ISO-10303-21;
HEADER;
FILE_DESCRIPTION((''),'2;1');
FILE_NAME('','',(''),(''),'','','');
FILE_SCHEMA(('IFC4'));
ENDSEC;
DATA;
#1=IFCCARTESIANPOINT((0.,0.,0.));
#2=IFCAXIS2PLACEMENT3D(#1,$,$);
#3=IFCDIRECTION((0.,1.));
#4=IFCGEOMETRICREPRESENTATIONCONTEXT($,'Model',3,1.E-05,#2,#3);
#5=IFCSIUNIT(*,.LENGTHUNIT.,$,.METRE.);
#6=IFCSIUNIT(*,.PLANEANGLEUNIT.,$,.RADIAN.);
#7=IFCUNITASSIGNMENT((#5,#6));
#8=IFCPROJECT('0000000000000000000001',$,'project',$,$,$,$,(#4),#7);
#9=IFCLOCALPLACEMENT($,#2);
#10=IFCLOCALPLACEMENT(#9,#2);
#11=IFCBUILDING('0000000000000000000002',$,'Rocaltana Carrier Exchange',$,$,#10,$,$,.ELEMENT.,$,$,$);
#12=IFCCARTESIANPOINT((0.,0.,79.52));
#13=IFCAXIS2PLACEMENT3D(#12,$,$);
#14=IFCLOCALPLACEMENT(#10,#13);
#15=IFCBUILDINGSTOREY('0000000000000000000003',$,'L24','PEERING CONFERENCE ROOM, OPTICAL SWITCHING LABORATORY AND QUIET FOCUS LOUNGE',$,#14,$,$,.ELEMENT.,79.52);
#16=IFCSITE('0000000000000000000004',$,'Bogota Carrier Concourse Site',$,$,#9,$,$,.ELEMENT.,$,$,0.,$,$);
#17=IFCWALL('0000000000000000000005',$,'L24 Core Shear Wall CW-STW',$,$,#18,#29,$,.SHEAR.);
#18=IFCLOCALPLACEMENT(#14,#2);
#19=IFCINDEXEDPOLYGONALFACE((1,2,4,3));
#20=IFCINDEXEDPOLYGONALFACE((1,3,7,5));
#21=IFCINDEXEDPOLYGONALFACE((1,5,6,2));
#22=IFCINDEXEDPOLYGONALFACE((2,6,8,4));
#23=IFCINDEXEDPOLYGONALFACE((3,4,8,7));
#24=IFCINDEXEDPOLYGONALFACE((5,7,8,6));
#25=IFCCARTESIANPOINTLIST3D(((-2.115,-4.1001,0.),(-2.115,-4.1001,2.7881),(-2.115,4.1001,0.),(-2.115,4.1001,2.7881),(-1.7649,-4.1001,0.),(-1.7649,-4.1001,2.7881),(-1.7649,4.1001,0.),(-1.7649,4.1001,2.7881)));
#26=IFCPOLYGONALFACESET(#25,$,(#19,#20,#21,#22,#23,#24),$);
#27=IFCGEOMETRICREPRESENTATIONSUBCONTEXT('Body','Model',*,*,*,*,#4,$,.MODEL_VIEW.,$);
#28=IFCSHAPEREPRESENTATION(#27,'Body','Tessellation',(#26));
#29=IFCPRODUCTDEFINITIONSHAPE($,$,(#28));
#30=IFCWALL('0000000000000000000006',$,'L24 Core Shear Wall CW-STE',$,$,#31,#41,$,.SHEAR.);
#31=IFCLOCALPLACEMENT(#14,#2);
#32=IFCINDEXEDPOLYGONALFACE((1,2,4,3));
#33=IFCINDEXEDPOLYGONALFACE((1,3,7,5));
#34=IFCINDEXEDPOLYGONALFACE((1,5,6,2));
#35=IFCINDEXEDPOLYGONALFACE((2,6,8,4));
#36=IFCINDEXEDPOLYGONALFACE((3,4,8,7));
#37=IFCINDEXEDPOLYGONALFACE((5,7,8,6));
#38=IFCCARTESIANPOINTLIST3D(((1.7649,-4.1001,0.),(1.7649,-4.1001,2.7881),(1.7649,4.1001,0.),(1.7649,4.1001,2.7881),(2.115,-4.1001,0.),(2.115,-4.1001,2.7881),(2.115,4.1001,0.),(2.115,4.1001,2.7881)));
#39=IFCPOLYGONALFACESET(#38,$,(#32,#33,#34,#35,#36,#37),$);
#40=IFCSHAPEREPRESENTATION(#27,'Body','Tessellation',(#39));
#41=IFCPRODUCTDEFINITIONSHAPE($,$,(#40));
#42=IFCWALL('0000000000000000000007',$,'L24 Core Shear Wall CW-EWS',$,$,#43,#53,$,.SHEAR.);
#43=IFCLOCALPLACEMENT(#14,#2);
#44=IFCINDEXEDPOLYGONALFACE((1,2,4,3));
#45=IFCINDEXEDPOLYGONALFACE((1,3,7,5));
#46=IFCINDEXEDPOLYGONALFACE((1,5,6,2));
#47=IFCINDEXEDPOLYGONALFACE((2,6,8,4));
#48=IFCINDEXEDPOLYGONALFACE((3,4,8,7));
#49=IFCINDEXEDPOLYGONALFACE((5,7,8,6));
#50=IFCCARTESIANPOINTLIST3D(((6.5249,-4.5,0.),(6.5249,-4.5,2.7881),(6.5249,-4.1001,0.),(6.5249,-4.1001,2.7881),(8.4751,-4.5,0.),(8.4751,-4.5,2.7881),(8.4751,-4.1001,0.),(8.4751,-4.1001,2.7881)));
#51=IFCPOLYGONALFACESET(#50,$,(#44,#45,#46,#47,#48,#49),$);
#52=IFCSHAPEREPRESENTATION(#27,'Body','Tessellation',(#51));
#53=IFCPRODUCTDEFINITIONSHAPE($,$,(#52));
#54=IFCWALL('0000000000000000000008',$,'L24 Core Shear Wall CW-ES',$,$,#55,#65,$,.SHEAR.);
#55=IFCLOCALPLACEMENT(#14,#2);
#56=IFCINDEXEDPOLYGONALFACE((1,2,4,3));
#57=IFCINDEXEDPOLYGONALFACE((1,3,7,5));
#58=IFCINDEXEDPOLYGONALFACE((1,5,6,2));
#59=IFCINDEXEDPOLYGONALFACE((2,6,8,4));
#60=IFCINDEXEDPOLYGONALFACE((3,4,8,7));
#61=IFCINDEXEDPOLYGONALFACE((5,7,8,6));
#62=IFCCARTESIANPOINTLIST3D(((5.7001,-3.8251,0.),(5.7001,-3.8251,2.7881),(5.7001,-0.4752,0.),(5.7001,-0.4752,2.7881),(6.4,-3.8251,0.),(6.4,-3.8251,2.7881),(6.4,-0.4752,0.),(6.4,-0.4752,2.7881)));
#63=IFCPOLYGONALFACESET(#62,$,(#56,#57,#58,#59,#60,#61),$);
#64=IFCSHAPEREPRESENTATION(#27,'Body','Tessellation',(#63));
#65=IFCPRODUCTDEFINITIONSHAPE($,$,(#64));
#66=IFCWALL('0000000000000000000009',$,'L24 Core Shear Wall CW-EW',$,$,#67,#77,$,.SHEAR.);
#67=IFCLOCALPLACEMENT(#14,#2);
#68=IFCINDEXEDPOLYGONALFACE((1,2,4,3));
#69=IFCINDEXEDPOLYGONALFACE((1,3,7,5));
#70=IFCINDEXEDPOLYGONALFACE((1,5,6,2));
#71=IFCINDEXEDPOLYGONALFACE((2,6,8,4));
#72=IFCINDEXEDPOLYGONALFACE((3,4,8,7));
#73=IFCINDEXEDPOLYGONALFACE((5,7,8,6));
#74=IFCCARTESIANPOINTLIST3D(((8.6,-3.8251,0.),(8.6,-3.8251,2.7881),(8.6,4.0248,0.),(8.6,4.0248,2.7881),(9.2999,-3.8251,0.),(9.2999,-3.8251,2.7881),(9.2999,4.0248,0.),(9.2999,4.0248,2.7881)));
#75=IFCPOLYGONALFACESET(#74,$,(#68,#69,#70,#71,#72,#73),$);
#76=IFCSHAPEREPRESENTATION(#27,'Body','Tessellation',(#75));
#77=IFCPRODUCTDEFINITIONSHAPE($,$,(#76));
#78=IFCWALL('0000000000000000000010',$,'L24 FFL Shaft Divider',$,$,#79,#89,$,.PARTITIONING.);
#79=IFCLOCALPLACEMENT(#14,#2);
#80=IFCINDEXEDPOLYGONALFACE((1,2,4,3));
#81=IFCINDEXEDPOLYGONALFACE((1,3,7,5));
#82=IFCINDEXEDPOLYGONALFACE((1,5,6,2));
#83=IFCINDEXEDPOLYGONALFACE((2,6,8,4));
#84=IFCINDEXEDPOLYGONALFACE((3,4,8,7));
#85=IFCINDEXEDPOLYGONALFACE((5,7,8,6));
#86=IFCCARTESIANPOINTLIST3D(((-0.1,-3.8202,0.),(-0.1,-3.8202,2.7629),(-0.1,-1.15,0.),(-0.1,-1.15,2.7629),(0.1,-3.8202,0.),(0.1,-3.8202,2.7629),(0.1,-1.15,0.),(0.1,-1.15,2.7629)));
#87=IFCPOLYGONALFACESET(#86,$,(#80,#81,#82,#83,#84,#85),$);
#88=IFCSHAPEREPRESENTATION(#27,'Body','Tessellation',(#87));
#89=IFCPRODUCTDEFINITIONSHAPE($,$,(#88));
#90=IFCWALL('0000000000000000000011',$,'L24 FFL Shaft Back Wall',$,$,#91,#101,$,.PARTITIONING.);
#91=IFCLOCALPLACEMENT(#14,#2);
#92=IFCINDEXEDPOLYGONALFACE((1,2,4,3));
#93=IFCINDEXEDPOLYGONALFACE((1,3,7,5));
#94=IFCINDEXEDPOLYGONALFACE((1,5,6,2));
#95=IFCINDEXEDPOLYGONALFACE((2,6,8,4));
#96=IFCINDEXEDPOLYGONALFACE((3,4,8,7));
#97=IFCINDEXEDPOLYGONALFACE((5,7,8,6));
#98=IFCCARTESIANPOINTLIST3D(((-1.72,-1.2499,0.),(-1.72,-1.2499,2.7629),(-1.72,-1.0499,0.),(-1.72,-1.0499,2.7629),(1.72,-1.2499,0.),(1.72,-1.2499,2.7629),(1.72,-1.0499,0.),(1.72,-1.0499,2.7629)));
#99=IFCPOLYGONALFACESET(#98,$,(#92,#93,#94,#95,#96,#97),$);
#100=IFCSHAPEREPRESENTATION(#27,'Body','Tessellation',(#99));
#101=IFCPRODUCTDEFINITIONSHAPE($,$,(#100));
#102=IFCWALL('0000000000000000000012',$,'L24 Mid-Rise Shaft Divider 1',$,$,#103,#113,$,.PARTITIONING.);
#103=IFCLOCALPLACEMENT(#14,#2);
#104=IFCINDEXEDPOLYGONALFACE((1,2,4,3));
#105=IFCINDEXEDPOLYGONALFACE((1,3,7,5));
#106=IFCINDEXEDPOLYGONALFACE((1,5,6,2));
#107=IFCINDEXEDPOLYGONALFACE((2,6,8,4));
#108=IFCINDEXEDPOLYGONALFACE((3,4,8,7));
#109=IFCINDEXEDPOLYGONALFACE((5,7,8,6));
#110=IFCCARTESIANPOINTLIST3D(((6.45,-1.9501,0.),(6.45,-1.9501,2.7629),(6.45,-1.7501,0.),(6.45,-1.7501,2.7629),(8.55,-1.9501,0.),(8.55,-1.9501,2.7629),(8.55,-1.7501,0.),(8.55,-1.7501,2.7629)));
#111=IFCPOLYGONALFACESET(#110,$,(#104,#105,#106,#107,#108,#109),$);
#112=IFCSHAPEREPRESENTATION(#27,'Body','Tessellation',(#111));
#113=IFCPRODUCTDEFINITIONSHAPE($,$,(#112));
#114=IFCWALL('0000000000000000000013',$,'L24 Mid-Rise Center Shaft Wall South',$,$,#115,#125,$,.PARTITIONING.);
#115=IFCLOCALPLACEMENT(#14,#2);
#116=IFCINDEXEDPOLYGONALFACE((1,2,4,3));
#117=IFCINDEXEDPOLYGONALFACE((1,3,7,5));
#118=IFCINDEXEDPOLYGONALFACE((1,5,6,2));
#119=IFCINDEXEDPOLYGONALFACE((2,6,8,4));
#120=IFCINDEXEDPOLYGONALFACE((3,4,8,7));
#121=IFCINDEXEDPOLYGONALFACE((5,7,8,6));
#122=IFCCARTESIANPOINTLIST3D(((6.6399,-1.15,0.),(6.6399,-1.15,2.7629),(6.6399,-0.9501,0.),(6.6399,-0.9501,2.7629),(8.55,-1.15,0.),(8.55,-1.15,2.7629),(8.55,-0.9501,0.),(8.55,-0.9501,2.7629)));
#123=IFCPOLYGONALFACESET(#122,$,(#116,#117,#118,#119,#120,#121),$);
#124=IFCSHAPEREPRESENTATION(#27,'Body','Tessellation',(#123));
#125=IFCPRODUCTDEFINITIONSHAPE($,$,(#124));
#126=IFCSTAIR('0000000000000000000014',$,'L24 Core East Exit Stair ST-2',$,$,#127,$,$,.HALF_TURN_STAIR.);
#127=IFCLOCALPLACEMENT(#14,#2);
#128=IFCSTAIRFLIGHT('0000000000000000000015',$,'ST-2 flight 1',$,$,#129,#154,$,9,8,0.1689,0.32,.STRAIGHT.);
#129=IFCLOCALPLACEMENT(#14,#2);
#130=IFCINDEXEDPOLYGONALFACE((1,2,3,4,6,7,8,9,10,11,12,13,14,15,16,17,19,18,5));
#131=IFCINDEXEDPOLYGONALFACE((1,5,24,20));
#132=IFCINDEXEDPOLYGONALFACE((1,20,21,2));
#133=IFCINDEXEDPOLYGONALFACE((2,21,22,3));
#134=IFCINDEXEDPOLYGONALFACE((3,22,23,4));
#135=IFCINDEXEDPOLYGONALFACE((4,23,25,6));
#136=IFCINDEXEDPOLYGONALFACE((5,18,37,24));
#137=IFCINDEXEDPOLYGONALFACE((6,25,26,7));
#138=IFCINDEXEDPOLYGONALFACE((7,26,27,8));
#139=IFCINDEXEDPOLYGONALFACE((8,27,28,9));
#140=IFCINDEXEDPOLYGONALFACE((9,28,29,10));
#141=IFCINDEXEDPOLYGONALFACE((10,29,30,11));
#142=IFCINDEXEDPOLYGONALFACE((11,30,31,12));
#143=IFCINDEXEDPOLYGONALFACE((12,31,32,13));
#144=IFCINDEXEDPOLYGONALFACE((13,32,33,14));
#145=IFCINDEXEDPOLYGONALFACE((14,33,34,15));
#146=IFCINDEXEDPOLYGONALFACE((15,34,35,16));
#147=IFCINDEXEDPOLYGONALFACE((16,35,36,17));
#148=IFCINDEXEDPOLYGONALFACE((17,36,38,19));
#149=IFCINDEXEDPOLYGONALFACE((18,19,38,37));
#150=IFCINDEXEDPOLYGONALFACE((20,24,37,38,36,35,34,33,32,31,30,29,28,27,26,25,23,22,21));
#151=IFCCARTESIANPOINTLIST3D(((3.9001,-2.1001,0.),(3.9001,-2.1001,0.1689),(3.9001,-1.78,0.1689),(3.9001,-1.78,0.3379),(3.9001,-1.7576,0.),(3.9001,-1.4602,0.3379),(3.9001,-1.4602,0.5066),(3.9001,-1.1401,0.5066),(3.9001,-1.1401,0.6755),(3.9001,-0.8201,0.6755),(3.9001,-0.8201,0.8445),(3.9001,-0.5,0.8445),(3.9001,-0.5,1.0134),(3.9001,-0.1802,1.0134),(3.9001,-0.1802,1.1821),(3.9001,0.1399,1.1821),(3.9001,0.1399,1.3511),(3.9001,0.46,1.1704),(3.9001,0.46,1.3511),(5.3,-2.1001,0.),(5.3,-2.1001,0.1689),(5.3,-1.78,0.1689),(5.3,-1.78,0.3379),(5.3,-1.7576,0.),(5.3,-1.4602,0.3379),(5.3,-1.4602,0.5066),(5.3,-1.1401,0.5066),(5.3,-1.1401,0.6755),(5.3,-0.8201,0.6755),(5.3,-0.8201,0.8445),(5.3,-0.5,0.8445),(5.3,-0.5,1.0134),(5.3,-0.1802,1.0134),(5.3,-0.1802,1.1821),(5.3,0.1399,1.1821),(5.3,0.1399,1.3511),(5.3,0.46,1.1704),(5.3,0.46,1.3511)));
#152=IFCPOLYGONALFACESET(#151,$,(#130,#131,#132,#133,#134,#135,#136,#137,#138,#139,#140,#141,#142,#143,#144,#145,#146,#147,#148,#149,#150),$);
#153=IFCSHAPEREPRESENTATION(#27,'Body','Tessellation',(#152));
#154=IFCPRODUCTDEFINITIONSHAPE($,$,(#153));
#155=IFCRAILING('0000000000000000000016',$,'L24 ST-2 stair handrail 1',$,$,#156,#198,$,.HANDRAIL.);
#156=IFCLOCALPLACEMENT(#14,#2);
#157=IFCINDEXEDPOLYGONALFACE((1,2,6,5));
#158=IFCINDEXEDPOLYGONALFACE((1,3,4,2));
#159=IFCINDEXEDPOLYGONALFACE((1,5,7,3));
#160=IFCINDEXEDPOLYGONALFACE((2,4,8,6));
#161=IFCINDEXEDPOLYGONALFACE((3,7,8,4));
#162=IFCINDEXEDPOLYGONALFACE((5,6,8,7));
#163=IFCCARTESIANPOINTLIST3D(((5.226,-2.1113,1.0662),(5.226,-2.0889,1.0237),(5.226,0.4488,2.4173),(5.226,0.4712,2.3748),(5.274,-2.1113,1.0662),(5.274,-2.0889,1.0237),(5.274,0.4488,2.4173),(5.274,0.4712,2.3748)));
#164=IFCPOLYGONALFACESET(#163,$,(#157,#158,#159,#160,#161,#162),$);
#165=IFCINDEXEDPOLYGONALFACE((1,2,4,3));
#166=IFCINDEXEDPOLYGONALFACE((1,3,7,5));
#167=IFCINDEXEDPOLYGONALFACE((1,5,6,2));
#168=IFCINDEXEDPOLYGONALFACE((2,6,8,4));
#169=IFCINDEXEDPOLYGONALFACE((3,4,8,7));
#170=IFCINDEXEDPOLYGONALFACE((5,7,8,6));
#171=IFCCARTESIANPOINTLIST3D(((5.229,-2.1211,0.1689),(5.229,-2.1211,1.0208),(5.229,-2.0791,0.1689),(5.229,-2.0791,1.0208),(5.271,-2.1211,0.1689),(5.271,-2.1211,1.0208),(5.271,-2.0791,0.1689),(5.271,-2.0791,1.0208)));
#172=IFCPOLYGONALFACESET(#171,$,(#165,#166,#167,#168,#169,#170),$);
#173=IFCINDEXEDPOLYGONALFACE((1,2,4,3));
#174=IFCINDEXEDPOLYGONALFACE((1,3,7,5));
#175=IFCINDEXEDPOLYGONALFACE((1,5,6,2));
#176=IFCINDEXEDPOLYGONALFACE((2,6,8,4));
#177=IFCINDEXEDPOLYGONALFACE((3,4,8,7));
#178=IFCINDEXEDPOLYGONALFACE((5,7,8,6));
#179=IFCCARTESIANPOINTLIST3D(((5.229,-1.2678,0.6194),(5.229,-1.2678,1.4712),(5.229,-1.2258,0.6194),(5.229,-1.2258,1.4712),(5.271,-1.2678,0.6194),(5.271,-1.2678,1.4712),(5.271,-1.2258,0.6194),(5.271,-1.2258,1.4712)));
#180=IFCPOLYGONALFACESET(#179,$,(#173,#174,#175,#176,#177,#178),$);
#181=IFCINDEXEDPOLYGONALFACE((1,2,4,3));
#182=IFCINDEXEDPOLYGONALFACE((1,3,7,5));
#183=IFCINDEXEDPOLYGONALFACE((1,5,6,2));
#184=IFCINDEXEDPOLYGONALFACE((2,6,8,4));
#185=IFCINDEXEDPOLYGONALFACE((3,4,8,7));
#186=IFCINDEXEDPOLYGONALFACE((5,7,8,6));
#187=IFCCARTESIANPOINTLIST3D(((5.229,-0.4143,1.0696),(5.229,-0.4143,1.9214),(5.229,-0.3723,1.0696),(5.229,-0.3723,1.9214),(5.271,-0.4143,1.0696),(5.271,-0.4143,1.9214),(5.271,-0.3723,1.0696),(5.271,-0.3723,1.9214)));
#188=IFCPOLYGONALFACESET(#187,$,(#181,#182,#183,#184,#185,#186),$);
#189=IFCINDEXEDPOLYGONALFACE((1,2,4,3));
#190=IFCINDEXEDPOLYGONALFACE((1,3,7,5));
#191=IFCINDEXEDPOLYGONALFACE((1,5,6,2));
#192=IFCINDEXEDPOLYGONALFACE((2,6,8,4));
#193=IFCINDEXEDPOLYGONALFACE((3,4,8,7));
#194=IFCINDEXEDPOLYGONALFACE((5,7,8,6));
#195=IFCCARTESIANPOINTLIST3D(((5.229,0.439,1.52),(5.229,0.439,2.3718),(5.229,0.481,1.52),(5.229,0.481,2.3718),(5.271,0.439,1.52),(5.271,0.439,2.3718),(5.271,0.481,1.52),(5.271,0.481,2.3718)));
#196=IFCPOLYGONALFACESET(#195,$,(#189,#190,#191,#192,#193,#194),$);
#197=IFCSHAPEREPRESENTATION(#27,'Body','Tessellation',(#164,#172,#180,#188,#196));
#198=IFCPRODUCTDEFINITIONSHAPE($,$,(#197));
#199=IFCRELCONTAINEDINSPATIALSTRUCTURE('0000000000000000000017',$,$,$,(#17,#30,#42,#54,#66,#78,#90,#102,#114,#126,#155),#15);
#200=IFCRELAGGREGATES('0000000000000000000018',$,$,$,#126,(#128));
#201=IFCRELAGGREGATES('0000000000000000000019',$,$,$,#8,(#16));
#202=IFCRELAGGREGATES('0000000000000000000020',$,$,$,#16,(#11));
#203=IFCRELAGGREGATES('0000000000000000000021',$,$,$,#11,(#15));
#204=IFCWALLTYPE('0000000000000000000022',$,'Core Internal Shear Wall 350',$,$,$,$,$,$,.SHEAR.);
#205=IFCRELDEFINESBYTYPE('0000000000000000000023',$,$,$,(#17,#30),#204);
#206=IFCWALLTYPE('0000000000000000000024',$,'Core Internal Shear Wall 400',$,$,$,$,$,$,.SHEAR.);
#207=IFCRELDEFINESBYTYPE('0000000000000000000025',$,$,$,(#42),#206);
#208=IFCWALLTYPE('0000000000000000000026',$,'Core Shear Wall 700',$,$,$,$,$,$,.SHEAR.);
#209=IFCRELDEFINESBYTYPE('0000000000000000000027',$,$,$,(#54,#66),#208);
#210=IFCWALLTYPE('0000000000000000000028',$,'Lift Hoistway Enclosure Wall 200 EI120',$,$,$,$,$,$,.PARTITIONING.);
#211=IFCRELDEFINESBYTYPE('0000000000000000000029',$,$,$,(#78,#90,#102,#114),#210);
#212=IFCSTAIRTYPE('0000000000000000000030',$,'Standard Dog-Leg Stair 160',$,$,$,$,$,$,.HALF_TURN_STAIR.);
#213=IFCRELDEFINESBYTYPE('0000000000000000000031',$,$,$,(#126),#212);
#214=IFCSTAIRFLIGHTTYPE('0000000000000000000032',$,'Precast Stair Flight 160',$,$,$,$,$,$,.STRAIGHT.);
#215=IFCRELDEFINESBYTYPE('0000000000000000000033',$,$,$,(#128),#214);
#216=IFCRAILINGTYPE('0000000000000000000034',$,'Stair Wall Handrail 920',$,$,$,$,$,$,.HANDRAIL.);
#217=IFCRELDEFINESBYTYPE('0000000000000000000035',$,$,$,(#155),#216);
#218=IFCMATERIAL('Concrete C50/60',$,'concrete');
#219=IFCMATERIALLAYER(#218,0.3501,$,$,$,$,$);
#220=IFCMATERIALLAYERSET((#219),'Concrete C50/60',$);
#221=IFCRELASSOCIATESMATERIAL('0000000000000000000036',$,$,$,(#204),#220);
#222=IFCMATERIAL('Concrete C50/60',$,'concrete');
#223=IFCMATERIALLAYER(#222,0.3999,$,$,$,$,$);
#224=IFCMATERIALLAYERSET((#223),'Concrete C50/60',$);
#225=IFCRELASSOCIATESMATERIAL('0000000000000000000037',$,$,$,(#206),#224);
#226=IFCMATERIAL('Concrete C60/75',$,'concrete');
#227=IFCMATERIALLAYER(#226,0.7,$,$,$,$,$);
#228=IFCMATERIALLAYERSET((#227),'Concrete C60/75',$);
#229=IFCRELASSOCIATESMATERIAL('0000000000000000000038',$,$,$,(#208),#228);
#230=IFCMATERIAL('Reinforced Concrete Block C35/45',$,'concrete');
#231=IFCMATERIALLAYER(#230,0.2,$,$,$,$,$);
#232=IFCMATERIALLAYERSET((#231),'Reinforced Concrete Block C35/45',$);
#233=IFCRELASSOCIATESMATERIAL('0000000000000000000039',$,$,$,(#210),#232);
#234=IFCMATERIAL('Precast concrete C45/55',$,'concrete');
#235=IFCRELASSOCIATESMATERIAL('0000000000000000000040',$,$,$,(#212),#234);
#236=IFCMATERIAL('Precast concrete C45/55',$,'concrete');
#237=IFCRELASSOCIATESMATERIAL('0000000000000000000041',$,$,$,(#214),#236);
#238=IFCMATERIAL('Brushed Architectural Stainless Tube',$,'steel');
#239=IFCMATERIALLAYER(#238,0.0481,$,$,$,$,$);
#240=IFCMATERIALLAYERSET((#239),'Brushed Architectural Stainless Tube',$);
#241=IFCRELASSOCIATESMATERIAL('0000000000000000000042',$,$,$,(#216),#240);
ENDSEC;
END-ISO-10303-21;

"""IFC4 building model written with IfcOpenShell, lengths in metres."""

from ifc_helpers import new_model, si_unit, direction, frame, frame_2d, origin, origin_2d, place, context, subcontext, project, spatial, polyline, rectangle, outline, extrude, material, layer, layer_set, type_object, element, aggregate, save


model = new_model("IFC4")

# Units and contexts
model_context = context("Model", 3, precision=1e-05, world=origin(), true_north=direction((0.0, 1.0)))
body_context = subcontext(model_context, "Body", "Model", "MODEL_VIEW")
ifc_project = project(units=[si_unit("LENGTHUNIT", "METRE"), si_unit("PLANEANGLEUNIT", "RADIAN")], contexts=[model_context])

# Site, building, storey
site_placement = place(None, origin())
site = spatial("IfcSite", under=ifc_project, at=site_placement, Name="Bogota Carrier Concourse Site", CompositionType="ELEMENT", RefElevation=0.0)
building_placement = place(site_placement, origin())
building = spatial("IfcBuilding", under=site, at=building_placement, Name="Rocaltana Carrier Exchange", CompositionType="ELEMENT")
storey_placement = place(building_placement, frame((0.0, 0.0, 79.52)))
storey = spatial("IfcBuildingStorey", under=building, at=storey_placement, Name="L24", Description="PEERING CONFERENCE ROOM, OPTICAL SWITCHING LABORATORY AND QUIET FOCUS LOUNGE", CompositionType="ELEMENT", Elevation=79.52)

# Walls
ifc_material_1 = material(Name="Concrete C50/60", Category="concrete")
ifc_layer_1 = layer(ifc_material_1, 0.3501)
ifc_layer_set_1 = layer_set([ifc_layer_1], Name="Concrete C50/60")
wall_type_1 = type_object("IfcWallType", Name="Core Internal Shear Wall 350", PredefinedType="SHEAR", material=ifc_layer_set_1)
for number, where, z_axis, x_axis, name in (
    (1, (-1.9399, -4.1001, 0.0), (0.0, 0.0, 1.0), (0.0, 1.0, 0.0), "L24 Core Shear Wall CW-STW"),
    (2, (1.9399, -4.1001, 0.0), (0.0, 0.0, 1.0), (0.0, 1.0, 0.0), "L24 Core Shear Wall CW-STE"),
):
    element("IfcWall", number, at=place(storey_placement, frame(where, z_axis=z_axis, x_axis=x_axis)), inside=storey, type_object=wall_type_1, Name=name, PredefinedType="SHEAR", context=body_context, shape_type="SweptSolid", body=[
        extrude(rectangle(XDim=8.2002, YDim=0.3501, at=frame_2d((4.1001, 0.0))), origin(), (0.0, 0.0, 1.0), 2.7881),
    ])
ifc_material_2 = material(Name="Concrete C50/60", Category="concrete")
ifc_layer_2 = layer(ifc_material_2, 0.3999)
ifc_layer_set_2 = layer_set([ifc_layer_2], Name="Concrete C50/60")
wall_type_2 = type_object("IfcWallType", Name="Core Internal Shear Wall 400", PredefinedType="SHEAR", material=ifc_layer_set_2)
wall_1_placement = place(storey_placement, frame((6.5249, -4.3, 0.0), z_axis=(0.0, 0.0, 1.0), x_axis=(1.0, 0.0, 0.0)))
element("IfcWall", 3, at=wall_1_placement, inside=storey, type_object=wall_type_2, Name="L24 Core Shear Wall CW-EWS", PredefinedType="SHEAR", context=body_context, shape_type="SweptSolid", body=[
    extrude(rectangle(XDim=1.9502, YDim=0.3999, at=frame_2d((0.9751, 0.0))), origin(), (0.0, 0.0, 1.0), 2.7881),
])
ifc_material_3 = material(Name="Concrete C60/75", Category="concrete")
ifc_layer_3 = layer(ifc_material_3, 0.7)
ifc_layer_set_3 = layer_set([ifc_layer_3], Name="Concrete C60/75")
wall_type_3 = type_object("IfcWallType", Name="Core Shear Wall 700", PredefinedType="SHEAR", material=ifc_layer_set_3)
wall_2_placement = place(storey_placement, frame((6.05, -3.825, 0.0), z_axis=(0.0, 0.0, 1.0), x_axis=(0.0, 1.0, 0.0)))
element("IfcWall", 4, at=wall_2_placement, inside=storey, type_object=wall_type_3, Name="L24 Core Shear Wall CW-ES", PredefinedType="SHEAR", context=body_context, shape_type="SweptSolid", body=[
    extrude(rectangle(XDim=3.3499, YDim=0.7, at=frame_2d((1.6748, 0.0))), origin(), (0.0, 0.0, 1.0), 2.7881),
])
wall_3_placement = place(storey_placement, frame((8.95, -3.825, 0.0), z_axis=(0.0, 0.0, 1.0), x_axis=(0.0, 1.0, 0.0)))
element("IfcWall", 5, at=wall_3_placement, inside=storey, type_object=wall_type_3, Name="L24 Core Shear Wall CW-EW", PredefinedType="SHEAR", context=body_context, shape_type="SweptSolid", body=[
    extrude(rectangle(XDim=7.8499, YDim=0.7, at=frame_2d((3.9248, 0.0))), origin(), (0.0, 0.0, 1.0), 2.7881),
])
ifc_material_4 = material(Name="Reinforced Concrete Block C35/45", Category="concrete")
ifc_layer_4 = layer(ifc_material_4, 0.2)
ifc_layer_set_4 = layer_set([ifc_layer_4], Name="Reinforced Concrete Block C35/45")
wall_type_4 = type_object("IfcWallType", Name="Lift Hoistway Enclosure Wall 200 EI120", PredefinedType="PARTITIONING", material=ifc_layer_set_4)
wall_4_placement = place(storey_placement, frame((0.0, -3.8201, 0.0), z_axis=(0.0, 0.0, 1.0), x_axis=(0.0, 1.0, 0.0)))
element("IfcWall", 6, at=wall_4_placement, inside=storey, type_object=wall_type_4, Name="L24 FFL Shaft Divider", PredefinedType="PARTITIONING", context=body_context, shape_type="SweptSolid", body=[
    extrude(rectangle(XDim=2.6702, YDim=0.2, at=frame_2d((1.335, 0.0))), origin(), (0.0, 0.0, 1.0), 2.7629),
])
wall_5_placement = place(storey_placement, frame((-1.72, -1.1499, 0.0), z_axis=(0.0, 0.0, 1.0), x_axis=(1.0, 0.0, 0.0)))
element("IfcWall", 7, at=wall_5_placement, inside=storey, type_object=wall_type_4, Name="L24 FFL Shaft Back Wall", PredefinedType="PARTITIONING", context=body_context, shape_type="SweptSolid", body=[
    extrude(rectangle(XDim=3.4399, YDim=0.2, at=frame_2d((1.72, 0.0))), origin(), (0.0, 0.0, 1.0), 2.7629),
])
wall_6_placement = place(storey_placement, frame((6.45, -1.8501, 0.0), z_axis=(0.0, 0.0, 1.0), x_axis=(1.0, 0.0, 0.0)))
element("IfcWall", 8, at=wall_6_placement, inside=storey, type_object=wall_type_4, Name="L24 Mid-Rise Shaft Divider 1", PredefinedType="PARTITIONING", context=body_context, shape_type="SweptSolid", body=[
    extrude(rectangle(XDim=2.1001, YDim=0.2, at=frame_2d((1.05, 0.0))), origin(), (0.0, 0.0, 1.0), 2.7629),
])
wall_7_placement = place(storey_placement, frame((6.6399, -1.05, 0.0), z_axis=(0.0, 0.0, 1.0), x_axis=(1.0, 0.0, 0.0)))
element("IfcWall", 9, at=wall_7_placement, inside=storey, type_object=wall_type_4, Name="L24 Mid-Rise Center Shaft Wall South", PredefinedType="PARTITIONING", context=body_context, shape_type="SweptSolid", body=[
    extrude(rectangle(XDim=1.9102, YDim=0.2, at=frame_2d((0.9551, 0.0))), origin(), (0.0, 0.0, 1.0), 2.7629),
])

# Stair, stair flight
ifc_material_5 = material(Name="Precast concrete C45/55", Category="concrete")
stair_type = type_object("IfcStairType", Name="Standard Dog-Leg Stair 160", PredefinedType="HALF_TURN_STAIR", material=ifc_material_5)
stair_placement = place(storey_placement, origin())
stair = element("IfcStair", 10, at=stair_placement, inside=storey, type_object=stair_type, Name="L24 Core East Exit Stair ST-2", PredefinedType="HALF_TURN_STAIR")
ifc_material_6 = material(Name="Precast concrete C45/55", Category="concrete")
stair_flight_type = type_object("IfcStairFlightType", Name="Precast Stair Flight 160", PredefinedType="STRAIGHT", material=ifc_material_6)
stair_flight_placement = place(storey_placement, frame((4.6001, -2.1001, 0.0), z_axis=(0.0, 0.0, 1.0), x_axis=(0.0, 1.0, 0.0)))
stair_flight = element("IfcStairFlight", 11, at=stair_flight_placement, type_object=stair_flight_type, Name="ST-2 flight 1", NumberOfRisers=9, NumberOfTreads=8, PredefinedType="STRAIGHT", RiserHeight=0.1689, TreadLength=0.32, context=body_context, shape_type="SweptSolid", body=[
    extrude(outline(polyline([(0.0, 0.0), (0.0, 0.1689), (0.3201, 0.1689), (0.3201, 0.3379), (0.6399, 0.3379), (0.6399, 0.5066), (0.96, 0.5066), (0.96, 0.6755), (1.28, 0.6755), (1.28, 0.8445), (1.6001, 0.8445), (1.6001, 1.0134), (1.9199, 1.0134), (1.9199, 1.1821), (2.24, 1.1821), (2.24, 1.3511), (2.5601, 1.3511), (2.5601, 1.52), (2.5601, 1.1704), (0.3425, 0.0), (0.0, 0.0)])), frame((0.0, 0.7, 0.0), z_axis=(0.0, -1.0, 0.0), x_axis=(1.0, 0.0, 0.0)), (0.0, 0.0, 1.0), 1.3999),
])
aggregate(stair, [stair_flight])

# Railing
ifc_material_7 = material(Name="Brushed Architectural Stainless Tube", Category="steel")
ifc_layer_5 = layer(ifc_material_7, 0.0481)
ifc_layer_set_5 = layer_set([ifc_layer_5], Name="Brushed Architectural Stainless Tube")
railing_type_1 = type_object("IfcRailingType", Name="Stair Wall Handrail 920", PredefinedType="HANDRAIL", material=ifc_layer_set_5)
railing_1_placement = place(storey_placement, frame((5.25, -2.1001, 0.1689)))
element("IfcRailing", 12, at=railing_1_placement, inside=storey, type_object=railing_type_1, Name="L24 ST-2 stair handrail 1", PredefinedType="HANDRAIL", context=body_context, shape_type="SweptSolid", body=[
    extrude(rectangle(XDim=0.0481, YDim=0.0481, at=origin_2d()), frame((0.0, 0.0, 0.876), z_axis=(0.0, 0.884394, 0.46674), x_axis=(-1.0, 0.0, 0.0)), (0.0, 0.0, 1.0), 2.8948),
    extrude(rectangle(XDim=0.042, YDim=0.042, at=origin_2d()), origin(), (0.0, 0.0, 1.0), 0.8518),
    extrude(rectangle(XDim=0.042, YDim=0.042, at=origin_2d()), frame((0.0, 0.8533, 0.4504)), (0.0, 0.0, 1.0), 0.8518),
    extrude(rectangle(XDim=0.042, YDim=0.042, at=origin_2d()), frame((0.0, 1.7068, 0.9006)), (0.0, 0.0, 1.0), 0.8518),
    extrude(rectangle(XDim=0.042, YDim=0.042, at=origin_2d()), frame((0.0, 2.5601, 1.3511)), (0.0, 0.0, 1.0), 0.8518),
])

save(model, "model.ifc")
